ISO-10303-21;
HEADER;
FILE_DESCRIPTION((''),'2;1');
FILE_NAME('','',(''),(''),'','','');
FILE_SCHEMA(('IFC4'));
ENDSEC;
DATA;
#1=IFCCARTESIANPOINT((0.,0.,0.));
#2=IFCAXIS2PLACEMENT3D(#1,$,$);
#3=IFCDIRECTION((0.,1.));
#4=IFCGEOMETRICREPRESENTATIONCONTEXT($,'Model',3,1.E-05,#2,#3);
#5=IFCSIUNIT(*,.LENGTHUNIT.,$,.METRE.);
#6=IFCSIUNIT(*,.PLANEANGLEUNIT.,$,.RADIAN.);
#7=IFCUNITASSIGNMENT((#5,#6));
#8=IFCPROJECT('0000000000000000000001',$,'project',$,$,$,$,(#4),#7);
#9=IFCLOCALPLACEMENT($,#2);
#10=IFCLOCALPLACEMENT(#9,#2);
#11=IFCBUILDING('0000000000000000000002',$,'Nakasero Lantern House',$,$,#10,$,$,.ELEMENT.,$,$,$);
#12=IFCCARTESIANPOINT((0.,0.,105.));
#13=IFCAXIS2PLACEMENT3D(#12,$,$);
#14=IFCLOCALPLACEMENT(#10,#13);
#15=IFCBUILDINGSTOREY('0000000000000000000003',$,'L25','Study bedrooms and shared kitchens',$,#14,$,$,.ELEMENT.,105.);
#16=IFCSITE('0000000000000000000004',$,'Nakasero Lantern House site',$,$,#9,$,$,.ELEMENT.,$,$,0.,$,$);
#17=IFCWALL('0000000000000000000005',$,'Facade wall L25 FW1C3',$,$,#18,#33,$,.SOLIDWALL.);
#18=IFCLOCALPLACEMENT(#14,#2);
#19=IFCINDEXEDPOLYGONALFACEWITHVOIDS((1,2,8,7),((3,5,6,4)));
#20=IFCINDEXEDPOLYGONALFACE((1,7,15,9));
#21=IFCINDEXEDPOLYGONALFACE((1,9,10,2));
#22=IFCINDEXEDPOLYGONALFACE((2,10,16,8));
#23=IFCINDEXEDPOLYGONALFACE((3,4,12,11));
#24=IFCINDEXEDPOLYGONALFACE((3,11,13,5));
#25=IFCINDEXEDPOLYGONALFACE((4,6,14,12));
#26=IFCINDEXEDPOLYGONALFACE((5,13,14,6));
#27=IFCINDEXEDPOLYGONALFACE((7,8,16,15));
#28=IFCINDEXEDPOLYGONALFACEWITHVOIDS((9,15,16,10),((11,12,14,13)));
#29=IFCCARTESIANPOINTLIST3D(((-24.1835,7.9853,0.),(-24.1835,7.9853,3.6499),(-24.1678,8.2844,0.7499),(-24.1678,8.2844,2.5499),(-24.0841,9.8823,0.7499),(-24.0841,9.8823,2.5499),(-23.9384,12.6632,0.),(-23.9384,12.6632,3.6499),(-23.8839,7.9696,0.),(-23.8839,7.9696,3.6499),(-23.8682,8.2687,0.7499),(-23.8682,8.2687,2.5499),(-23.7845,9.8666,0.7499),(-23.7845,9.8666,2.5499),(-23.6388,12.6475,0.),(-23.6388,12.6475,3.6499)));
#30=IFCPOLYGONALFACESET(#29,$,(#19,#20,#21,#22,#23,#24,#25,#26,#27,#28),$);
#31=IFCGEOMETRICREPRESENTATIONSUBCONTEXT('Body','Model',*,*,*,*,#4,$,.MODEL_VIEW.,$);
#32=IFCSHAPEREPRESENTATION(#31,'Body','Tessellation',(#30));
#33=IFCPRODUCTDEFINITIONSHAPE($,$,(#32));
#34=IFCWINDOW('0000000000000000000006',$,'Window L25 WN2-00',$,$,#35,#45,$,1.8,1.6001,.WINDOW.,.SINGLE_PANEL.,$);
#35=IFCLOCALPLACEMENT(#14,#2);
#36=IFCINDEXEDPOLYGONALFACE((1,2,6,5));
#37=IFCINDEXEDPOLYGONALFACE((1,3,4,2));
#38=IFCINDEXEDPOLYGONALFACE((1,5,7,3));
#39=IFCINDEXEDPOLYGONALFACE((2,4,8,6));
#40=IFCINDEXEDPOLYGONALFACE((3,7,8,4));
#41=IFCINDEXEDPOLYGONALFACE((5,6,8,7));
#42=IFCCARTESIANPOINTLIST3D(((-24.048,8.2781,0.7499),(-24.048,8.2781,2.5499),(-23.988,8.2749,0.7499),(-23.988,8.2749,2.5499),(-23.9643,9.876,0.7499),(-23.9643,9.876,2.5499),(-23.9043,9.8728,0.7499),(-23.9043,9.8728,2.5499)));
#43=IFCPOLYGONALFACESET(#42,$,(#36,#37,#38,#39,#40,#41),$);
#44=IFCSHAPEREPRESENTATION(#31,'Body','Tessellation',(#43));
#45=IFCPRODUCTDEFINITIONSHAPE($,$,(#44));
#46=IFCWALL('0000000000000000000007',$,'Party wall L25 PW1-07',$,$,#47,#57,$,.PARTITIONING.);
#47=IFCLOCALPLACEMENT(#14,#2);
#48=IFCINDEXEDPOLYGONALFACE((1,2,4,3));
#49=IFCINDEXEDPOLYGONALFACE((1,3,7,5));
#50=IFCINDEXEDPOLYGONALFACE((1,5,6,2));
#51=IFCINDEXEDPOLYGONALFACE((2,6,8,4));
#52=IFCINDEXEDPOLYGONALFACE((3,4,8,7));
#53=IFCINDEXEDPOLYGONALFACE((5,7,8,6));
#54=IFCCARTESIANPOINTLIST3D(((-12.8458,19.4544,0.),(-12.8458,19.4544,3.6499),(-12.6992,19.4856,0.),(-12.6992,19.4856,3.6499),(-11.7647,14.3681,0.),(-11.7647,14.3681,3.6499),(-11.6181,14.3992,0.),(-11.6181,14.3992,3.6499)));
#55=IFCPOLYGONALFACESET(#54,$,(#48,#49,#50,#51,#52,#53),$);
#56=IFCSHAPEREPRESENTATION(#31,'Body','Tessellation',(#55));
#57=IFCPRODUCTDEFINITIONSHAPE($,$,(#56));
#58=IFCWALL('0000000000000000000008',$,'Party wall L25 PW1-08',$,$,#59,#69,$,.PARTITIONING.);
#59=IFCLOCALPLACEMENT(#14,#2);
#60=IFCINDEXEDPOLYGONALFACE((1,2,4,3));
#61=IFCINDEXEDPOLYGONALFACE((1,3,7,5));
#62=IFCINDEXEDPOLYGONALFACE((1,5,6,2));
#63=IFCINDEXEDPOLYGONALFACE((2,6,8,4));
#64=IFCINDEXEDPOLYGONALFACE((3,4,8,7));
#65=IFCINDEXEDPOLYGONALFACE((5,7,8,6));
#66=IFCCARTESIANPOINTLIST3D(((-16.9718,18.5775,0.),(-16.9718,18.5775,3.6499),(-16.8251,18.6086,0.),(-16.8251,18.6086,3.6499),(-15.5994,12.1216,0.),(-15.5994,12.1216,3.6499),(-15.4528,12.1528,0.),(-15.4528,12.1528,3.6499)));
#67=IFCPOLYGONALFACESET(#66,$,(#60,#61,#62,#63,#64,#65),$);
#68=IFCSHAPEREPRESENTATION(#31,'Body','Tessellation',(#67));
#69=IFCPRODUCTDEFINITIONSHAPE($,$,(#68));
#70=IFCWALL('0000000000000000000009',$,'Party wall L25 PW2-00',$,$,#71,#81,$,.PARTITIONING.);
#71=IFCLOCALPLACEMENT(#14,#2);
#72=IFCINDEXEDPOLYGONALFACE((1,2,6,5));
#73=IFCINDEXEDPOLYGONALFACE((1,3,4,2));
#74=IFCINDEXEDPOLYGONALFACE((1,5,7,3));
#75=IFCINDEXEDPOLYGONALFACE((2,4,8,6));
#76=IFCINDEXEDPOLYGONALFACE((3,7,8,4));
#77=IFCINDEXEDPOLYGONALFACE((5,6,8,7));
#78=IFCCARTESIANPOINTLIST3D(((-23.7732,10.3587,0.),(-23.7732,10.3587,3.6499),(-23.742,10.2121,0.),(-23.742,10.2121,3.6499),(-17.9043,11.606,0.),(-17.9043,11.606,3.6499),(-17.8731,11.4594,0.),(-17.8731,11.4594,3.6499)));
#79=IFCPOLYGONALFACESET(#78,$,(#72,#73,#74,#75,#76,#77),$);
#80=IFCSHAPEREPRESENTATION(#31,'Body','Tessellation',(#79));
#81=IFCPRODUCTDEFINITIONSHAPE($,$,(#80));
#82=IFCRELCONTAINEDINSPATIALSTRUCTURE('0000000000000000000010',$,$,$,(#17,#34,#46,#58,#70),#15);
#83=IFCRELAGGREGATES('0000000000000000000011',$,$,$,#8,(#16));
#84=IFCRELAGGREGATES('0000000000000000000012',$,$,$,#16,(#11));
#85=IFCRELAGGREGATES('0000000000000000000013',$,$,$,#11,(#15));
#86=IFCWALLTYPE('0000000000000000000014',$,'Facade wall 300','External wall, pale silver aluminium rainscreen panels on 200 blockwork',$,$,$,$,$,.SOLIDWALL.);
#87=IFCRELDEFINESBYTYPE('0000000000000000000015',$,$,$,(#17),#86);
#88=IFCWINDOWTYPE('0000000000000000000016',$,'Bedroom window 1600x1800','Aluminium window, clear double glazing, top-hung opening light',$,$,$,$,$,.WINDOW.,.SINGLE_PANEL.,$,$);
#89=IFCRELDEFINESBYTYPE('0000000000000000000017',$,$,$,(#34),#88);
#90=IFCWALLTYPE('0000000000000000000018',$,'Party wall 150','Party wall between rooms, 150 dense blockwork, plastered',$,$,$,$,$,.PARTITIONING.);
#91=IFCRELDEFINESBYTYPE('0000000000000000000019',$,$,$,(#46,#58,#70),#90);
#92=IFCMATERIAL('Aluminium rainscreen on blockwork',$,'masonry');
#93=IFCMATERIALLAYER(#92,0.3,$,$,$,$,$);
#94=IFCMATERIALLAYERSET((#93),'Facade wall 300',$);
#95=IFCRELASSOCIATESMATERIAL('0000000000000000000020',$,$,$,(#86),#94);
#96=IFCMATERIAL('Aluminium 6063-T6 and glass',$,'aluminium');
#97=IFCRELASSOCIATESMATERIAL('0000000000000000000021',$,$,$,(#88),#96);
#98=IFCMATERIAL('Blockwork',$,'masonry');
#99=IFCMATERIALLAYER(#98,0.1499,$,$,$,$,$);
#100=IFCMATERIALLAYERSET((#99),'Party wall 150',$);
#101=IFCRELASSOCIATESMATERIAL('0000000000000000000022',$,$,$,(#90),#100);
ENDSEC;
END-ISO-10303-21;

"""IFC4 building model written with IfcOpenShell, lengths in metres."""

from ifc_helpers import new_model, si_unit, direction, frame, frame_2d, origin, place, context, subcontext, project, spatial, rectangle, extrude, material, layer, layer_set, type_object, element, fill, save


model = new_model("IFC4")

# Units and contexts
model_context = context("Model", 3, precision=1e-05, world=origin(), true_north=direction((0.0, 1.0)))
body_context = subcontext(model_context, "Body", "Model", "MODEL_VIEW")
ifc_project = project(units=[si_unit("LENGTHUNIT", "METRE"), si_unit("PLANEANGLEUNIT", "RADIAN")], contexts=[model_context])

# Site, building, storey
site_placement = place(None, origin())
site = spatial("IfcSite", under=ifc_project, at=site_placement, Name="Nakasero Lantern House site", CompositionType="ELEMENT", RefElevation=0.0)
building_placement = place(site_placement, origin())
building = spatial("IfcBuilding", under=site, at=building_placement, Name="Nakasero Lantern House", CompositionType="ELEMENT")
storey_placement = place(building_placement, frame((0.0, 0.0, 105.0)))
storey = spatial("IfcBuildingStorey", under=building, at=storey_placement, Name="L25", Description="Study bedrooms and shared kitchens", CompositionType="ELEMENT", Elevation=105.0)

# Shared definitions
ifc_material_1 = material(Name="Aluminium rainscreen on blockwork", Category="masonry")
ifc_layer_1 = layer(ifc_material_1, 0.3)
ifc_layer_set_1 = layer_set([ifc_layer_1], Name="Facade wall 300")
wall_type_1 = type_object("IfcWallType", Name="Facade wall 300", Description="External wall, pale silver aluminium rainscreen panels on 200 blockwork", PredefinedType="SOLIDWALL", material=ifc_layer_set_1)

# Wall, opening, window
wall_1_placement = place(storey_placement, frame((-23.7886, 12.6555, 0.0), z_axis=(0.0, 0.0, 1.0), x_axis=(-0.052326, -0.99863, 0.0)))
wall_1 = element("IfcWall", 1, at=wall_1_placement, inside=storey, type_object=wall_type_1, Name="Facade wall L25 FW1C3", PredefinedType="SOLIDWALL", context=body_context, shape_type="SweptSolid", body=[
    extrude(rectangle(XDim=4.6843, YDim=0.3, at=frame_2d((2.3423, 0.0))), origin(), (0.0, 0.0, 1.0), 3.6499),
])
opening_1_placement = place(wall_1_placement, frame((2.7849, 0.0, 0.75)))
opening_1 = element("IfcOpeningElement", 2, at=opening_1_placement, cuts=wall_1, PredefinedType="OPENING", context=body_context, shape_type="SweptSolid", body=[
    extrude(rectangle(XDim=1.6001, YDim=1.8, at=frame_2d((0.8, 0.8999))), frame((0.0, 0.1699, 0.0), z_axis=(0.0, -1.0, 0.0), x_axis=(1.0, 0.0, 0.0)), (0.0, 0.0, 1.0), 0.3401),
])
ifc_material_2 = material(Name="Aluminium 6063-T6 and glass", Category="aluminium")
window_type_1 = type_object("IfcWindowType", Name="Bedroom window 1600x1800", Description="Aluminium window, clear double glazing, top-hung opening light", PartitioningType="SINGLE_PANEL", PredefinedType="WINDOW", material=ifc_material_2)
window_1_placement = place(opening_1_placement, origin())
window_1 = element("IfcWindow", 3, at=window_1_placement, inside=storey, type_object=window_type_1, Name="Window L25 WN2-00", OverallHeight=1.8, OverallWidth=1.6001, PartitioningType="SINGLE_PANEL", PredefinedType="WINDOW", context=body_context, shape_type="SweptSolid", body=[
    extrude(rectangle(XDim=1.6001, YDim=1.8, at=frame_2d((0.8, 0.8999))), frame((0.0, 0.03, 0.0), z_axis=(0.0, -1.0, 0.0), x_axis=(1.0, 0.0, 0.0)), (0.0, 0.0, 1.0), 0.0601),
])
fill(opening_1, window_1)

# Walls
ifc_material_3 = material(Name="Blockwork", Category="masonry")
ifc_layer_2 = layer(ifc_material_3, 0.1499)
ifc_layer_set_2 = layer_set([ifc_layer_2], Name="Party wall 150")
wall_type_2 = type_object("IfcWallType", Name="Party wall 150", Description="Party wall between rooms, 150 dense blockwork, plastered", PredefinedType="PARTITIONING", material=ifc_layer_set_2)
wall_2_placement = place(storey_placement, frame((-11.6914, 14.3835, 0.0), z_axis=(0.0, 0.0, 1.0), x_axis=(-0.207894, 0.978151, 0.0)))
element("IfcWall", 4, at=wall_2_placement, inside=storey, type_object=wall_type_2, Name="Party wall L25 PW1-07", PredefinedType="PARTITIONING", context=body_context, shape_type="SweptSolid", body=[
    extrude(rectangle(XDim=5.2, YDim=0.1499, at=frame_2d((2.6001, 0.0))), origin(), (0.0, 0.0, 1.0), 3.6499),
])
wall_3_placement = place(storey_placement, frame((-15.5261, 12.1372, 0.0), z_axis=(0.0, 0.0, 1.0), x_axis=(-0.207925, 0.978145, 0.0)))
element("IfcWall", 5, at=wall_3_placement, inside=storey, type_object=wall_type_2, Name="Party wall L25 PW1-08", PredefinedType="PARTITIONING", context=body_context, shape_type="SweptSolid", body=[
    extrude(rectangle(XDim=6.6001, YDim=0.1499, at=frame_2d((3.3, 0.0))), origin(), (0.0, 0.0, 1.0), 3.6499),
])
wall_4_placement = place(storey_placement, frame((-17.8887, 11.5327, 0.0), z_axis=(0.0, 0.0, 1.0), x_axis=(-0.978153, -0.207886, 0.0)))
element("IfcWall", 6, at=wall_4_placement, inside=storey, type_object=wall_type_2, Name="Party wall L25 PW2-00", PredefinedType="PARTITIONING", context=body_context, shape_type="SweptSolid", body=[
    extrude(rectangle(XDim=6.0, YDim=0.1499, at=frame_2d((3.0, 0.0))), origin(), (0.0, 0.0, 1.0), 3.6499),
])

save(model, "model.ifc")
